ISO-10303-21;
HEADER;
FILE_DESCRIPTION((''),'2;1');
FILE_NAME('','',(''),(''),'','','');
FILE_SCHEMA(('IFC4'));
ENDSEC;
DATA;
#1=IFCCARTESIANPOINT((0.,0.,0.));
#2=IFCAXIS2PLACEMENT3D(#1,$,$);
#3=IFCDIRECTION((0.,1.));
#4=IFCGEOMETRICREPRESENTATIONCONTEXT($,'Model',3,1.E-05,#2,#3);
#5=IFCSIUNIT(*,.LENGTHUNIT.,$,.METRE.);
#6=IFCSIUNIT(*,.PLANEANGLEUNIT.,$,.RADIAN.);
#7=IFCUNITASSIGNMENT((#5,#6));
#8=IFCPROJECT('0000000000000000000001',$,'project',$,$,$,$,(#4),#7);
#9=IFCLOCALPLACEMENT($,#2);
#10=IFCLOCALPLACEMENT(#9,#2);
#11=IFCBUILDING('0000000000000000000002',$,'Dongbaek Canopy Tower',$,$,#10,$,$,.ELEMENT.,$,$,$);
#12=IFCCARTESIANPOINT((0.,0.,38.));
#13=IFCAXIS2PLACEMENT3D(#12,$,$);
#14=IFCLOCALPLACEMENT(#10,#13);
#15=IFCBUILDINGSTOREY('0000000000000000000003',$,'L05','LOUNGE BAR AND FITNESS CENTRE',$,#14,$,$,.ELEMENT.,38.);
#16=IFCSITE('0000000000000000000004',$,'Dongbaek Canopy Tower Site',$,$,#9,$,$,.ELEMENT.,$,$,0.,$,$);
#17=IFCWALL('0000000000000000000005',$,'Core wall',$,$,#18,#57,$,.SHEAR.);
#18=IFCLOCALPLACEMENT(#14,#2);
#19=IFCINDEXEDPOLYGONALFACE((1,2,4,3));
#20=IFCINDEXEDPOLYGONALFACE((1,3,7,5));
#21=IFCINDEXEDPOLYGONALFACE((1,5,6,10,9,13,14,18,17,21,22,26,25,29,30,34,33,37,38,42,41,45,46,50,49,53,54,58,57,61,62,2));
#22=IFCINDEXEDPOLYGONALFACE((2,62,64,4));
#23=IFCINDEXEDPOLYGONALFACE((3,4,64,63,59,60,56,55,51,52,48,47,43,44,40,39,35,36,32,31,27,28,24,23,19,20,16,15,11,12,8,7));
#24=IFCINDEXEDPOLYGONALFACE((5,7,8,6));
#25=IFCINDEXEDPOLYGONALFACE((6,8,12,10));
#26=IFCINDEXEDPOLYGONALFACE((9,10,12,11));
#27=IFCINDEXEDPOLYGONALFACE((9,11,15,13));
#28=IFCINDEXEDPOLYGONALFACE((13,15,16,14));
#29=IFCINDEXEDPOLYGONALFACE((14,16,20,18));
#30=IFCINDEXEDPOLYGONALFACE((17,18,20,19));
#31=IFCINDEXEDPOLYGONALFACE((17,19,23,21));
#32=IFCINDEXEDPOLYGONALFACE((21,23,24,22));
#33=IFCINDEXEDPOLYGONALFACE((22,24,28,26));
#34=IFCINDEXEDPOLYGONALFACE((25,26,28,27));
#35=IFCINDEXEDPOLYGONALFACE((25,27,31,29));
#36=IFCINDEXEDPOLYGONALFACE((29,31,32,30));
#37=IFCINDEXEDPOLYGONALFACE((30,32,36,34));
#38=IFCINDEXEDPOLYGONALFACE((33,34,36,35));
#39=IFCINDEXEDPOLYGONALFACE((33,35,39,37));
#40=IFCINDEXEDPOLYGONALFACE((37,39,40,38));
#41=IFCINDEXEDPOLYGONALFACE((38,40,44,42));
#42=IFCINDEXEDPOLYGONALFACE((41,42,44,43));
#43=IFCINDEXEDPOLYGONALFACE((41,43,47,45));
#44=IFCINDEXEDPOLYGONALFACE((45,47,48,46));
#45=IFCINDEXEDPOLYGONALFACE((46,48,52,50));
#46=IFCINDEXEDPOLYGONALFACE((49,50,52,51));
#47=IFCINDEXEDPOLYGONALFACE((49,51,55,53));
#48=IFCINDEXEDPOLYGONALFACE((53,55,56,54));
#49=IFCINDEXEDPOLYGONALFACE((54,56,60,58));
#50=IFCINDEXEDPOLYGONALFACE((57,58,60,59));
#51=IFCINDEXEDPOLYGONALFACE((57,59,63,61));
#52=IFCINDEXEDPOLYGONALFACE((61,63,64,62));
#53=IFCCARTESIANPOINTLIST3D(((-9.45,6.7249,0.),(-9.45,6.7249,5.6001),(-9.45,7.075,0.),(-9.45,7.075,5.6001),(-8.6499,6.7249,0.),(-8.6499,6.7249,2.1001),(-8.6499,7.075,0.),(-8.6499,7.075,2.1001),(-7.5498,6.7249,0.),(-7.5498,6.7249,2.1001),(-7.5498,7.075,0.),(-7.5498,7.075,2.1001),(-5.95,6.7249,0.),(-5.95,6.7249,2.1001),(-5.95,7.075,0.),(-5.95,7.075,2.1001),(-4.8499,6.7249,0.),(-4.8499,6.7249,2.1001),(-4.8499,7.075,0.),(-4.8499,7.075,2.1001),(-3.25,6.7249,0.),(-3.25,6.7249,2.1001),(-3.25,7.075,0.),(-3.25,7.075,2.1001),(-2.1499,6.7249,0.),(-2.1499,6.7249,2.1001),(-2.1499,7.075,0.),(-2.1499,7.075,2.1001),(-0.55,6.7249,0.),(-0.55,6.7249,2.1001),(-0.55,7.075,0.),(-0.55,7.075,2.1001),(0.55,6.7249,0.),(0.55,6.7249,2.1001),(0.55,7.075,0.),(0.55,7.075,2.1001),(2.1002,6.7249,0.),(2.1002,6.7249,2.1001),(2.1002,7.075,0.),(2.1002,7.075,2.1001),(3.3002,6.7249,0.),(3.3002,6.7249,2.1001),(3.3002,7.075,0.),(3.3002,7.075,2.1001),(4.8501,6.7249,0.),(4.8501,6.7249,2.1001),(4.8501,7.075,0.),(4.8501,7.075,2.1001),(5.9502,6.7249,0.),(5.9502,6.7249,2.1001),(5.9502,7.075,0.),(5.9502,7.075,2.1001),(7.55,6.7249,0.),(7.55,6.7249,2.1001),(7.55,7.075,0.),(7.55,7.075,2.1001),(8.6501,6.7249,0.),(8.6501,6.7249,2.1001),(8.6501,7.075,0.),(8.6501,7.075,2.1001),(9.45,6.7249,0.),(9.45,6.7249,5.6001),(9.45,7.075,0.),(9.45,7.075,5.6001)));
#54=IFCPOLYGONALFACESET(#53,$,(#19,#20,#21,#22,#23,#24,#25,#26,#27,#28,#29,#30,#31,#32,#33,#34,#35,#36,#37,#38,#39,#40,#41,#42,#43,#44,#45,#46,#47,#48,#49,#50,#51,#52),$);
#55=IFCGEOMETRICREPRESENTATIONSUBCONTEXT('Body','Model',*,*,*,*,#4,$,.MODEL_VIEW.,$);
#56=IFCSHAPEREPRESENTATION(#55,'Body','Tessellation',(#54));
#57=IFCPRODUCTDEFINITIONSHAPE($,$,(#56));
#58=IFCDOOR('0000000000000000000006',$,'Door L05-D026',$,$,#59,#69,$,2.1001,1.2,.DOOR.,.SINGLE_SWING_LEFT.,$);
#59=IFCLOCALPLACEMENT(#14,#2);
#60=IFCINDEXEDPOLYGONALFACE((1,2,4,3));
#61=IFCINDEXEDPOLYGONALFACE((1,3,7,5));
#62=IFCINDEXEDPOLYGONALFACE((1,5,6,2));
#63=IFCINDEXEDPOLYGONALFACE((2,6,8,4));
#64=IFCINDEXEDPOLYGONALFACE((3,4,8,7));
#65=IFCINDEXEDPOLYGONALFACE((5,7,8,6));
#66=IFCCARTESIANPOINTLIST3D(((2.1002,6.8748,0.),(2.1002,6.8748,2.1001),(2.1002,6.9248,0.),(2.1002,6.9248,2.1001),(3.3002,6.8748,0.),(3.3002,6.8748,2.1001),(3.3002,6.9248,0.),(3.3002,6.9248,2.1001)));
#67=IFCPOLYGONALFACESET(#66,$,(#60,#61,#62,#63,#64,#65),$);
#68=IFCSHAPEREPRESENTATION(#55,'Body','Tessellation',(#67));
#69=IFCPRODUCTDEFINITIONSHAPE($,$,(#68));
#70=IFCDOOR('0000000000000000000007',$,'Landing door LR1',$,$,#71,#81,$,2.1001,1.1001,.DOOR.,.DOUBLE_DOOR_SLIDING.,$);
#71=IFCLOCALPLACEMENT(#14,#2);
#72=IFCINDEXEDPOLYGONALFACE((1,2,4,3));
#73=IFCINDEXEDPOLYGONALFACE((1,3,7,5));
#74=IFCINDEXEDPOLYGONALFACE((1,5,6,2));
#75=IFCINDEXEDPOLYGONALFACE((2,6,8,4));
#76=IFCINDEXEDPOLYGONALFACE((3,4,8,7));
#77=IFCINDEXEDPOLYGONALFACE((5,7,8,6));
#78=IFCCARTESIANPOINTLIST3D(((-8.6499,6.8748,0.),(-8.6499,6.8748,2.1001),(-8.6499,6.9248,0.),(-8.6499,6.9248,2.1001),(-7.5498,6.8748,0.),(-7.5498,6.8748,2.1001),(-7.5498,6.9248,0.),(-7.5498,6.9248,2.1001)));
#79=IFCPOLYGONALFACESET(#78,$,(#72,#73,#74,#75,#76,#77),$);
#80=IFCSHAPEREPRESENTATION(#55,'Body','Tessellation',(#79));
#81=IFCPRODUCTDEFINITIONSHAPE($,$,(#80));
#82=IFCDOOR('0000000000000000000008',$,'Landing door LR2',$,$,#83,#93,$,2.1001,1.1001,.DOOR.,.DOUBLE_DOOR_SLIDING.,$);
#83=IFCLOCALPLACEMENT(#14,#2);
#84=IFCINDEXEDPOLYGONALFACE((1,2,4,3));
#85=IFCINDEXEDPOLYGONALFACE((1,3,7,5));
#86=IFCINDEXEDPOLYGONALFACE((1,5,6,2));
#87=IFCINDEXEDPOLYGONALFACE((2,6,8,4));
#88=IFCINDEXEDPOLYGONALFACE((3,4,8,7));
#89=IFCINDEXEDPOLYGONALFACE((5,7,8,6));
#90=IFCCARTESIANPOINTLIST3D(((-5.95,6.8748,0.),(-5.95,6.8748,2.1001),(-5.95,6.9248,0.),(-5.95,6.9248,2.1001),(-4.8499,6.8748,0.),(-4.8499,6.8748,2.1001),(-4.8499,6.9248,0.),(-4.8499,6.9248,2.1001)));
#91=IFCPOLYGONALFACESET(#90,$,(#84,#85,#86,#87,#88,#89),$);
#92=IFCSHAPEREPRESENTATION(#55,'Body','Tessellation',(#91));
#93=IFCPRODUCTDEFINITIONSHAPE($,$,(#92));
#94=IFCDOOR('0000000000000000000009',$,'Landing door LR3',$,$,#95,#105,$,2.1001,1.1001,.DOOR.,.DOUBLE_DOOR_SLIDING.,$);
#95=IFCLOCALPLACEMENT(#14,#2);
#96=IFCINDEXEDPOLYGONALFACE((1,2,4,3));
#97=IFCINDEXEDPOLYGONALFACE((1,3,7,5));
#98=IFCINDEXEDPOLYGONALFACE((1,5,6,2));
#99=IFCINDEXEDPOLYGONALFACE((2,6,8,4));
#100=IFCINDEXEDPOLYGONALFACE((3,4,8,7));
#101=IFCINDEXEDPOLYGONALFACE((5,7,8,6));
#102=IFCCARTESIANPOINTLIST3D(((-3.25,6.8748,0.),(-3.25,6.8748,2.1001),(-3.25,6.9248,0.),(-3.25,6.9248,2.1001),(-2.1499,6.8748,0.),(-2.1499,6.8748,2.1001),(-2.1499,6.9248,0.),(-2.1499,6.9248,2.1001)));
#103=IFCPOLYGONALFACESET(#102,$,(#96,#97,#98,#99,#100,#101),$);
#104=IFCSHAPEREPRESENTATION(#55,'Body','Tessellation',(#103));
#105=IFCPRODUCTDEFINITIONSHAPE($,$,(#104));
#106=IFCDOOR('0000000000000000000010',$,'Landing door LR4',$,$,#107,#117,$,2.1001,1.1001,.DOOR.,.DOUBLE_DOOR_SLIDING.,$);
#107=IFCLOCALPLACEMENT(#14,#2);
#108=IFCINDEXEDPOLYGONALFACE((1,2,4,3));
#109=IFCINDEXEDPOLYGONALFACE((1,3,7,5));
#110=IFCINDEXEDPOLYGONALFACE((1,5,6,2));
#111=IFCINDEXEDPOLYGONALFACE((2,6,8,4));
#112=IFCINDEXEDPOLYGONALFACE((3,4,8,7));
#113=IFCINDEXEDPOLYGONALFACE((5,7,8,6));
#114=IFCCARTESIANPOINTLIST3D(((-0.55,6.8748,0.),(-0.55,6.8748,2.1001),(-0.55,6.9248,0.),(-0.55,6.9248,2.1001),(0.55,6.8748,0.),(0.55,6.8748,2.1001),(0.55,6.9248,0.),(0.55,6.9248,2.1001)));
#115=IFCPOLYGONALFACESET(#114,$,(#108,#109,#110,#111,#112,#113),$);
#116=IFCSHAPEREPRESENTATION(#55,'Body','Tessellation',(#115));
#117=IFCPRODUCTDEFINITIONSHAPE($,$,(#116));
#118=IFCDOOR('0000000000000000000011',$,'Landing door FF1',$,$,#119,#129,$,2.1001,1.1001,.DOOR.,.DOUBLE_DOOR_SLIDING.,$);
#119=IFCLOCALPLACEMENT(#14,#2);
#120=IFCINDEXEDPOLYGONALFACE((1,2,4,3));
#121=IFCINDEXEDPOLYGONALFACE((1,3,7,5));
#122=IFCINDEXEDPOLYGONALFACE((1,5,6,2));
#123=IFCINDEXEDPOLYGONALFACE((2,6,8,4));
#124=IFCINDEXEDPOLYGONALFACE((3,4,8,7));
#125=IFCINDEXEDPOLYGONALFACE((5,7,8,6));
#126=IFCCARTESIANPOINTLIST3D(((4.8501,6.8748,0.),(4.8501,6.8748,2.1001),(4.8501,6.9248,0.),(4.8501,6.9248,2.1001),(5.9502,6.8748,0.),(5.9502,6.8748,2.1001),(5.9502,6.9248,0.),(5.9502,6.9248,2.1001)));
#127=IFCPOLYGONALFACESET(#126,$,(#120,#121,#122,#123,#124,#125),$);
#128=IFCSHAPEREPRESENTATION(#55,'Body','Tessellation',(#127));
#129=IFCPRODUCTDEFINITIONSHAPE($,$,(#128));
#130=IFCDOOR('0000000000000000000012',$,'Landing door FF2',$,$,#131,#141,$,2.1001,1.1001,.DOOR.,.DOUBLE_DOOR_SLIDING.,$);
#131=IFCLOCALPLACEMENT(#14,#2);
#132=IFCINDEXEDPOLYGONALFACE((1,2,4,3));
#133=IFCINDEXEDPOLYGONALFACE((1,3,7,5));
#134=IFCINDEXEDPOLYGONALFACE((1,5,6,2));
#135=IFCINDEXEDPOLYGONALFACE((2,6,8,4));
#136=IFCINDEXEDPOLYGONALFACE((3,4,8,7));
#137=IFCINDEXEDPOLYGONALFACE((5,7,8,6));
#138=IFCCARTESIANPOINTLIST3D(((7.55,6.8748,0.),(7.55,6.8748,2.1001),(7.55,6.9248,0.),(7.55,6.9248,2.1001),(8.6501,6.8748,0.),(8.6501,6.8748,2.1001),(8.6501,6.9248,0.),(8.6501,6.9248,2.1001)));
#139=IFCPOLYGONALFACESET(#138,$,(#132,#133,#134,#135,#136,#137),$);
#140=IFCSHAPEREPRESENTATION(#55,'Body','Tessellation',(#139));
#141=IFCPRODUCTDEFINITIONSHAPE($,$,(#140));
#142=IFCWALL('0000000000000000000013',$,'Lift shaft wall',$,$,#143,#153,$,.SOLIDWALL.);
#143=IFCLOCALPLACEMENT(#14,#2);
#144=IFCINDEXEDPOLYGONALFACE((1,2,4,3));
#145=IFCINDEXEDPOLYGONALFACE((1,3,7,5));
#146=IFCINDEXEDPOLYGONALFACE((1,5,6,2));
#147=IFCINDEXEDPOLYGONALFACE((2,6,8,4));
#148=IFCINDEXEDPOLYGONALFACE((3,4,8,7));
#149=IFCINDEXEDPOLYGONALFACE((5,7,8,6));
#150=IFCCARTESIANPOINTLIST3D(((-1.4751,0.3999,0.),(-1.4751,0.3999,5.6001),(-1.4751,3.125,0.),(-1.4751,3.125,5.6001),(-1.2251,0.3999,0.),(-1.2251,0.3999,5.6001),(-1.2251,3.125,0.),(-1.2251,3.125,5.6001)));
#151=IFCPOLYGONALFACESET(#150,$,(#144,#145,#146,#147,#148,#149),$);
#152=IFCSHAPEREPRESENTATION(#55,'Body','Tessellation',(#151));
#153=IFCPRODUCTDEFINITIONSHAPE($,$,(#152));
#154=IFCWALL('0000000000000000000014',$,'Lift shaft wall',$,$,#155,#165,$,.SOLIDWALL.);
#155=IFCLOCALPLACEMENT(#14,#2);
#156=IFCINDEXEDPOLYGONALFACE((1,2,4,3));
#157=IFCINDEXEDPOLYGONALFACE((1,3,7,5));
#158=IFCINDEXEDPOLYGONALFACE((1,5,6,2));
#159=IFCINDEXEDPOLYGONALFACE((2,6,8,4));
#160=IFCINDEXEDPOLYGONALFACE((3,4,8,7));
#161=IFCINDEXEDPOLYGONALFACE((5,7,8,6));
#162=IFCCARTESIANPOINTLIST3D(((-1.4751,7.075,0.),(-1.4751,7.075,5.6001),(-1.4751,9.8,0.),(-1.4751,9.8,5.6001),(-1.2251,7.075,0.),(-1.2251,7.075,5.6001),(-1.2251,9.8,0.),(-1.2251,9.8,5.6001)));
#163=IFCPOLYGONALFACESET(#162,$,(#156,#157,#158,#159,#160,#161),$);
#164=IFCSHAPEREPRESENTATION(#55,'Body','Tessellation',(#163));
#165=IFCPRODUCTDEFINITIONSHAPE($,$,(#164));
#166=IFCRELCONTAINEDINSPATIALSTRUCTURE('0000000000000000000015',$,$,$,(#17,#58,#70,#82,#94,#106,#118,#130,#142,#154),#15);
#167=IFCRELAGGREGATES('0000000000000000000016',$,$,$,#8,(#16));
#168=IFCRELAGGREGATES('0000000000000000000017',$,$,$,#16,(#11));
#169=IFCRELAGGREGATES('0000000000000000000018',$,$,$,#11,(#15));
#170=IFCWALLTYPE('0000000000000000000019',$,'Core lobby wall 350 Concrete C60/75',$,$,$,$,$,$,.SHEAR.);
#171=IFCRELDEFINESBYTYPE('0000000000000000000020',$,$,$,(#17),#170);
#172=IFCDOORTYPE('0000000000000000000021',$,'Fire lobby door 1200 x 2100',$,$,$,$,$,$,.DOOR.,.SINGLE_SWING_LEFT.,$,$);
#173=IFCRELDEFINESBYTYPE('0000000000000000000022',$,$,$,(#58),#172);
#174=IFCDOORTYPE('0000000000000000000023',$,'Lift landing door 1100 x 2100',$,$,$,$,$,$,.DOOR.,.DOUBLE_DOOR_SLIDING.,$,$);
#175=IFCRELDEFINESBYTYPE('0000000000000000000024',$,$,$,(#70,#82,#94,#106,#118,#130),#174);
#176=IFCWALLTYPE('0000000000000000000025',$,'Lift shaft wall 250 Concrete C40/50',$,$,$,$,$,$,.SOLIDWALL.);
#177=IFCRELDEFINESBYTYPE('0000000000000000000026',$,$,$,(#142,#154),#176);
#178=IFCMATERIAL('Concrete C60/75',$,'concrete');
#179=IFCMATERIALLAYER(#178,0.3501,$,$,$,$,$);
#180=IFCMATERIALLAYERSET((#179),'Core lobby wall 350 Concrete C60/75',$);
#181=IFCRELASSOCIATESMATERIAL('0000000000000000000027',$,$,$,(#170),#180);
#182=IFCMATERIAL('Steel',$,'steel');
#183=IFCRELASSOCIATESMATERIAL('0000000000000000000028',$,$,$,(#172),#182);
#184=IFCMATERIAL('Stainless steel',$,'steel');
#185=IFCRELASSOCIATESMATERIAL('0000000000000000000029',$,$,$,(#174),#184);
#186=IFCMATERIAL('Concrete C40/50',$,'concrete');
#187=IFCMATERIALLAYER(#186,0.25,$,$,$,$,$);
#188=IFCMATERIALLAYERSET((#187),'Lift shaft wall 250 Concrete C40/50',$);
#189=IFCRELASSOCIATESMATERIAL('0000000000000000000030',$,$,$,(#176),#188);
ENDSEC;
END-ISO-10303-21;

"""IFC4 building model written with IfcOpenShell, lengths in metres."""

from ifc_helpers import new_model, si_unit, direction, frame, frame_2d, origin, place, context, subcontext, project, spatial, rectangle, extrude, material, layer, layer_set, type_object, element, fill, save


model = new_model("IFC4")

# Units and contexts
model_context = context("Model", 3, precision=1e-05, world=origin(), true_north=direction((0.0, 1.0)))
body_context = subcontext(model_context, "Body", "Model", "MODEL_VIEW")
ifc_project = project(units=[si_unit("LENGTHUNIT", "METRE"), si_unit("PLANEANGLEUNIT", "RADIAN")], contexts=[model_context])

# Site, building, storey
site_placement = place(None, origin())
site = spatial("IfcSite", under=ifc_project, at=site_placement, Name="Dongbaek Canopy Tower Site", CompositionType="ELEMENT", RefElevation=0.0)
building_placement = place(site_placement, origin())
building = spatial("IfcBuilding", under=site, at=building_placement, Name="Dongbaek Canopy Tower", CompositionType="ELEMENT")
storey_placement = place(building_placement, frame((0.0, 0.0, 38.0)))
storey = spatial("IfcBuildingStorey", under=building, at=storey_placement, Name="L05", Description="LOUNGE BAR AND FITNESS CENTRE", CompositionType="ELEMENT", Elevation=38.0)

# Wall, openings, doors
ifc_material_1 = material(Name="Concrete C60/75", Category="concrete")
ifc_layer_1 = layer(ifc_material_1, 0.3501)
ifc_layer_set_1 = layer_set([ifc_layer_1], Name="Core lobby wall 350 Concrete C60/75")
wall_type_1 = type_object("IfcWallType", Name="Core lobby wall 350 Concrete C60/75", PredefinedType="SHEAR", material=ifc_layer_set_1)
wall_1_placement = place(storey_placement, frame((-9.45, 6.8999, 0.0), z_axis=(0.0, 0.0, 1.0), x_axis=(1.0, 0.0, 0.0)))
wall_1 = element("IfcWall", 1, at=wall_1_placement, inside=storey, type_object=wall_type_1, Name="Core wall", PredefinedType="SHEAR", context=body_context, shape_type="SweptSolid", body=[
    extrude(rectangle(XDim=18.8999, YDim=0.3501, at=frame_2d((9.45, 0.0))), origin(), (0.0, 0.0, 1.0), 5.6001),
])
opening_1_placement = place(wall_1_placement, frame((0.8, 0.0, 0.0)))
opening_1 = element("IfcOpeningElement", 2, at=opening_1_placement, cuts=wall_1, PredefinedType="OPENING", context=body_context, shape_type="SweptSolid", body=[
    extrude(rectangle(XDim=1.1001, YDim=2.1001, at=frame_2d((0.55, 1.05))), frame((0.0, 0.1851, 0.0), z_axis=(0.0, -1.0, 0.0), x_axis=(1.0, 0.0, 0.0)), (0.0, 0.0, 1.0), 0.3701),
])
opening_2_placement = place(wall_1_placement, frame((3.5, 0.0, 0.0)))
opening_2 = element("IfcOpeningElement", 3, at=opening_2_placement, cuts=wall_1, PredefinedType="OPENING", context=body_context, shape_type="SweptSolid", body=[
    extrude(rectangle(XDim=1.1001, YDim=2.1001, at=frame_2d((0.55, 1.05))), frame((0.0, 0.1851, 0.0), z_axis=(0.0, -1.0, 0.0), x_axis=(1.0, 0.0, 0.0)), (0.0, 0.0, 1.0), 0.3701),
])
opening_3_placement = place(wall_1_placement, frame((6.2, 0.0, 0.0)))
opening_3 = element("IfcOpeningElement", 4, at=opening_3_placement, cuts=wall_1, PredefinedType="OPENING", context=body_context, shape_type="SweptSolid", body=[
    extrude(rectangle(XDim=1.1001, YDim=2.1001, at=frame_2d((0.55, 1.05))), frame((0.0, 0.1851, 0.0), z_axis=(0.0, -1.0, 0.0), x_axis=(1.0, 0.0, 0.0)), (0.0, 0.0, 1.0), 0.3701),
])
opening_4_placement = place(wall_1_placement, frame((8.8999, 0.0, 0.0)))
opening_4 = element("IfcOpeningElement", 5, at=opening_4_placement, cuts=wall_1, PredefinedType="OPENING", context=body_context, shape_type="SweptSolid", body=[
    extrude(rectangle(XDim=1.1001, YDim=2.1001, at=frame_2d((0.55, 1.05))), frame((0.0, 0.1851, 0.0), z_axis=(0.0, -1.0, 0.0), x_axis=(1.0, 0.0, 0.0)), (0.0, 0.0, 1.0), 0.3701),
])
opening_5_placement = place(wall_1_placement, frame((11.55, 0.0, 0.0)))
opening_5 = element("IfcOpeningElement", 6, at=opening_5_placement, cuts=wall_1, PredefinedType="OPENING", context=body_context, shape_type="SweptSolid", body=[
    extrude(rectangle(XDim=1.2, YDim=2.1001, at=frame_2d((0.6001, 1.05))), frame((0.0, 0.1851, 0.0), z_axis=(0.0, -1.0, 0.0), x_axis=(1.0, 0.0, 0.0)), (0.0, 0.0, 1.0), 0.3701),
])
opening_6_placement = place(wall_1_placement, frame((14.3, 0.0, 0.0)))
opening_6 = element("IfcOpeningElement", 7, at=opening_6_placement, cuts=wall_1, PredefinedType="OPENING", context=body_context, shape_type="SweptSolid", body=[
    extrude(rectangle(XDim=1.1001, YDim=2.1001, at=frame_2d((0.55, 1.05))), frame((0.0, 0.1851, 0.0), z_axis=(0.0, -1.0, 0.0), x_axis=(1.0, 0.0, 0.0)), (0.0, 0.0, 1.0), 0.3701),
])
opening_7_placement = place(wall_1_placement, frame((17.0, 0.0, 0.0)))
opening_7 = element("IfcOpeningElement", 8, at=opening_7_placement, cuts=wall_1, PredefinedType="OPENING", context=body_context, shape_type="SweptSolid", body=[
    extrude(rectangle(XDim=1.1001, YDim=2.1001, at=frame_2d((0.55, 1.05))), frame((0.0, 0.1851, 0.0), z_axis=(0.0, -1.0, 0.0), x_axis=(1.0, 0.0, 0.0)), (0.0, 0.0, 1.0), 0.3701),
])
ifc_material_2 = material(Name="Steel", Category="steel")
door_type_1 = type_object("IfcDoorType", Name="Fire lobby door 1200 x 2100", OperationType="SINGLE_SWING_LEFT", PredefinedType="DOOR", material=ifc_material_2)
door_1_placement = place(opening_5_placement, origin())
door_1 = element("IfcDoor", 9, at=door_1_placement, inside=storey, type_object=door_type_1, Name="Door L05-D026", OperationType="SINGLE_SWING_LEFT", OverallHeight=2.1001, OverallWidth=1.2, PredefinedType="DOOR", context=body_context, shape_type="SweptSolid", body=[
    extrude(rectangle(XDim=1.2, YDim=2.1001, at=frame_2d((0.6001, 1.05))), frame((0.0, 0.0249, 0.0), z_axis=(0.0, -1.0, 0.0), x_axis=(1.0, 0.0, 0.0)), (0.0, 0.0, 1.0), 0.05),
])
fill(opening_5, door_1)
ifc_material_3 = material(Name="Stainless steel", Category="steel")
door_type_2 = type_object("IfcDoorType", Name="Lift landing door 1100 x 2100", OperationType="DOUBLE_DOOR_SLIDING", PredefinedType="DOOR", material=ifc_material_3)
door_2_placement = place(opening_1_placement, origin())
door_2 = element("IfcDoor", 10, at=door_2_placement, inside=storey, type_object=door_type_2, Name="Landing door LR1", OperationType="DOUBLE_DOOR_SLIDING", OverallHeight=2.1001, OverallWidth=1.1001, PredefinedType="DOOR", context=body_context, shape_type="SweptSolid", body=[
    extrude(rectangle(XDim=1.1001, YDim=2.1001, at=frame_2d((0.55, 1.05))), frame((0.0, 0.0249, 0.0), z_axis=(0.0, -1.0, 0.0), x_axis=(1.0, 0.0, 0.0)), (0.0, 0.0, 1.0), 0.05),
])
fill(opening_1, door_2)
door_3_placement = place(opening_2_placement, origin())
door_3 = element("IfcDoor", 11, at=door_3_placement, inside=storey, type_object=door_type_2, Name="Landing door LR2", OperationType="DOUBLE_DOOR_SLIDING", OverallHeight=2.1001, OverallWidth=1.1001, PredefinedType="DOOR", context=body_context, shape_type="SweptSolid", body=[
    extrude(rectangle(XDim=1.1001, YDim=2.1001, at=frame_2d((0.55, 1.05))), frame((0.0, 0.0249, 0.0), z_axis=(0.0, -1.0, 0.0), x_axis=(1.0, 0.0, 0.0)), (0.0, 0.0, 1.0), 0.05),
])
fill(opening_2, door_3)
door_4_placement = place(opening_3_placement, origin())
door_4 = element("IfcDoor", 12, at=door_4_placement, inside=storey, type_object=door_type_2, Name="Landing door LR3", OperationType="DOUBLE_DOOR_SLIDING", OverallHeight=2.1001, OverallWidth=1.1001, PredefinedType="DOOR", context=body_context, shape_type="SweptSolid", body=[
    extrude(rectangle(XDim=1.1001, YDim=2.1001, at=frame_2d((0.55, 1.05))), frame((0.0, 0.0249, 0.0), z_axis=(0.0, -1.0, 0.0), x_axis=(1.0, 0.0, 0.0)), (0.0, 0.0, 1.0), 0.05),
])
fill(opening_3, door_4)
door_5_placement = place(opening_4_placement, origin())
door_5 = element("IfcDoor", 13, at=door_5_placement, inside=storey, type_object=door_type_2, Name="Landing door LR4", OperationType="DOUBLE_DOOR_SLIDING", OverallHeight=2.1001, OverallWidth=1.1001, PredefinedType="DOOR", context=body_context, shape_type="SweptSolid", body=[
    extrude(rectangle(XDim=1.1001, YDim=2.1001, at=frame_2d((0.55, 1.05))), frame((0.0, 0.0249, 0.0), z_axis=(0.0, -1.0, 0.0), x_axis=(1.0, 0.0, 0.0)), (0.0, 0.0, 1.0), 0.05),
])
fill(opening_4, door_5)
door_6_placement = place(opening_6_placement, origin())
door_6 = element("IfcDoor", 14, at=door_6_placement, inside=storey, type_object=door_type_2, Name="Landing door FF1", OperationType="DOUBLE_DOOR_SLIDING", OverallHeight=2.1001, OverallWidth=1.1001, PredefinedType="DOOR", context=body_context, shape_type="SweptSolid", body=[
    extrude(rectangle(XDim=1.1001, YDim=2.1001, at=frame_2d((0.55, 1.05))), frame((0.0, 0.0249, 0.0), z_axis=(0.0, -1.0, 0.0), x_axis=(1.0, 0.0, 0.0)), (0.0, 0.0, 1.0), 0.05),
])
fill(opening_6, door_6)
door_7_placement = place(opening_7_placement, origin())
door_7 = element("IfcDoor", 15, at=door_7_placement, inside=storey, type_object=door_type_2, Name="Landing door FF2", OperationType="DOUBLE_DOOR_SLIDING", OverallHeight=2.1001, OverallWidth=1.1001, PredefinedType="DOOR", context=body_context, shape_type="SweptSolid", body=[
    extrude(rectangle(XDim=1.1001, YDim=2.1001, at=frame_2d((0.55, 1.05))), frame((0.0, 0.0249, 0.0), z_axis=(0.0, -1.0, 0.0), x_axis=(1.0, 0.0, 0.0)), (0.0, 0.0, 1.0), 0.05),
])
fill(opening_7, door_7)

# Walls
ifc_material_4 = material(Name="Concrete C40/50", Category="concrete")
ifc_layer_2 = layer(ifc_material_4, 0.25)
ifc_layer_set_2 = layer_set([ifc_layer_2], Name="Lift shaft wall 250 Concrete C40/50")
wall_type_2 = type_object("IfcWallType", Name="Lift shaft wall 250 Concrete C40/50", PredefinedType="SOLIDWALL", material=ifc_layer_set_2)
for number, where, z_axis, x_axis, name in (
    (16, (-1.3501, 0.3999, 0.0), (0.0, 0.0, 1.0), (0.0, 1.0, 0.0), "Lift shaft wall"),
    (17, (-1.3501, 7.075, 0.0), (0.0, 0.0, 1.0), (0.0, 1.0, 0.0), "Lift shaft wall"),
):
    element("IfcWall", number, at=place(storey_placement, frame(where, z_axis=z_axis, x_axis=x_axis)), inside=storey, type_object=wall_type_2, Name=name, PredefinedType="SOLIDWALL", context=body_context, shape_type="SweptSolid", body=[
        extrude(rectangle(XDim=2.7251, YDim=0.25, at=frame_2d((1.3625, 0.0))), origin(), (0.0, 0.0, 1.0), 5.6001),
    ])

save(model, "model.ifc")
